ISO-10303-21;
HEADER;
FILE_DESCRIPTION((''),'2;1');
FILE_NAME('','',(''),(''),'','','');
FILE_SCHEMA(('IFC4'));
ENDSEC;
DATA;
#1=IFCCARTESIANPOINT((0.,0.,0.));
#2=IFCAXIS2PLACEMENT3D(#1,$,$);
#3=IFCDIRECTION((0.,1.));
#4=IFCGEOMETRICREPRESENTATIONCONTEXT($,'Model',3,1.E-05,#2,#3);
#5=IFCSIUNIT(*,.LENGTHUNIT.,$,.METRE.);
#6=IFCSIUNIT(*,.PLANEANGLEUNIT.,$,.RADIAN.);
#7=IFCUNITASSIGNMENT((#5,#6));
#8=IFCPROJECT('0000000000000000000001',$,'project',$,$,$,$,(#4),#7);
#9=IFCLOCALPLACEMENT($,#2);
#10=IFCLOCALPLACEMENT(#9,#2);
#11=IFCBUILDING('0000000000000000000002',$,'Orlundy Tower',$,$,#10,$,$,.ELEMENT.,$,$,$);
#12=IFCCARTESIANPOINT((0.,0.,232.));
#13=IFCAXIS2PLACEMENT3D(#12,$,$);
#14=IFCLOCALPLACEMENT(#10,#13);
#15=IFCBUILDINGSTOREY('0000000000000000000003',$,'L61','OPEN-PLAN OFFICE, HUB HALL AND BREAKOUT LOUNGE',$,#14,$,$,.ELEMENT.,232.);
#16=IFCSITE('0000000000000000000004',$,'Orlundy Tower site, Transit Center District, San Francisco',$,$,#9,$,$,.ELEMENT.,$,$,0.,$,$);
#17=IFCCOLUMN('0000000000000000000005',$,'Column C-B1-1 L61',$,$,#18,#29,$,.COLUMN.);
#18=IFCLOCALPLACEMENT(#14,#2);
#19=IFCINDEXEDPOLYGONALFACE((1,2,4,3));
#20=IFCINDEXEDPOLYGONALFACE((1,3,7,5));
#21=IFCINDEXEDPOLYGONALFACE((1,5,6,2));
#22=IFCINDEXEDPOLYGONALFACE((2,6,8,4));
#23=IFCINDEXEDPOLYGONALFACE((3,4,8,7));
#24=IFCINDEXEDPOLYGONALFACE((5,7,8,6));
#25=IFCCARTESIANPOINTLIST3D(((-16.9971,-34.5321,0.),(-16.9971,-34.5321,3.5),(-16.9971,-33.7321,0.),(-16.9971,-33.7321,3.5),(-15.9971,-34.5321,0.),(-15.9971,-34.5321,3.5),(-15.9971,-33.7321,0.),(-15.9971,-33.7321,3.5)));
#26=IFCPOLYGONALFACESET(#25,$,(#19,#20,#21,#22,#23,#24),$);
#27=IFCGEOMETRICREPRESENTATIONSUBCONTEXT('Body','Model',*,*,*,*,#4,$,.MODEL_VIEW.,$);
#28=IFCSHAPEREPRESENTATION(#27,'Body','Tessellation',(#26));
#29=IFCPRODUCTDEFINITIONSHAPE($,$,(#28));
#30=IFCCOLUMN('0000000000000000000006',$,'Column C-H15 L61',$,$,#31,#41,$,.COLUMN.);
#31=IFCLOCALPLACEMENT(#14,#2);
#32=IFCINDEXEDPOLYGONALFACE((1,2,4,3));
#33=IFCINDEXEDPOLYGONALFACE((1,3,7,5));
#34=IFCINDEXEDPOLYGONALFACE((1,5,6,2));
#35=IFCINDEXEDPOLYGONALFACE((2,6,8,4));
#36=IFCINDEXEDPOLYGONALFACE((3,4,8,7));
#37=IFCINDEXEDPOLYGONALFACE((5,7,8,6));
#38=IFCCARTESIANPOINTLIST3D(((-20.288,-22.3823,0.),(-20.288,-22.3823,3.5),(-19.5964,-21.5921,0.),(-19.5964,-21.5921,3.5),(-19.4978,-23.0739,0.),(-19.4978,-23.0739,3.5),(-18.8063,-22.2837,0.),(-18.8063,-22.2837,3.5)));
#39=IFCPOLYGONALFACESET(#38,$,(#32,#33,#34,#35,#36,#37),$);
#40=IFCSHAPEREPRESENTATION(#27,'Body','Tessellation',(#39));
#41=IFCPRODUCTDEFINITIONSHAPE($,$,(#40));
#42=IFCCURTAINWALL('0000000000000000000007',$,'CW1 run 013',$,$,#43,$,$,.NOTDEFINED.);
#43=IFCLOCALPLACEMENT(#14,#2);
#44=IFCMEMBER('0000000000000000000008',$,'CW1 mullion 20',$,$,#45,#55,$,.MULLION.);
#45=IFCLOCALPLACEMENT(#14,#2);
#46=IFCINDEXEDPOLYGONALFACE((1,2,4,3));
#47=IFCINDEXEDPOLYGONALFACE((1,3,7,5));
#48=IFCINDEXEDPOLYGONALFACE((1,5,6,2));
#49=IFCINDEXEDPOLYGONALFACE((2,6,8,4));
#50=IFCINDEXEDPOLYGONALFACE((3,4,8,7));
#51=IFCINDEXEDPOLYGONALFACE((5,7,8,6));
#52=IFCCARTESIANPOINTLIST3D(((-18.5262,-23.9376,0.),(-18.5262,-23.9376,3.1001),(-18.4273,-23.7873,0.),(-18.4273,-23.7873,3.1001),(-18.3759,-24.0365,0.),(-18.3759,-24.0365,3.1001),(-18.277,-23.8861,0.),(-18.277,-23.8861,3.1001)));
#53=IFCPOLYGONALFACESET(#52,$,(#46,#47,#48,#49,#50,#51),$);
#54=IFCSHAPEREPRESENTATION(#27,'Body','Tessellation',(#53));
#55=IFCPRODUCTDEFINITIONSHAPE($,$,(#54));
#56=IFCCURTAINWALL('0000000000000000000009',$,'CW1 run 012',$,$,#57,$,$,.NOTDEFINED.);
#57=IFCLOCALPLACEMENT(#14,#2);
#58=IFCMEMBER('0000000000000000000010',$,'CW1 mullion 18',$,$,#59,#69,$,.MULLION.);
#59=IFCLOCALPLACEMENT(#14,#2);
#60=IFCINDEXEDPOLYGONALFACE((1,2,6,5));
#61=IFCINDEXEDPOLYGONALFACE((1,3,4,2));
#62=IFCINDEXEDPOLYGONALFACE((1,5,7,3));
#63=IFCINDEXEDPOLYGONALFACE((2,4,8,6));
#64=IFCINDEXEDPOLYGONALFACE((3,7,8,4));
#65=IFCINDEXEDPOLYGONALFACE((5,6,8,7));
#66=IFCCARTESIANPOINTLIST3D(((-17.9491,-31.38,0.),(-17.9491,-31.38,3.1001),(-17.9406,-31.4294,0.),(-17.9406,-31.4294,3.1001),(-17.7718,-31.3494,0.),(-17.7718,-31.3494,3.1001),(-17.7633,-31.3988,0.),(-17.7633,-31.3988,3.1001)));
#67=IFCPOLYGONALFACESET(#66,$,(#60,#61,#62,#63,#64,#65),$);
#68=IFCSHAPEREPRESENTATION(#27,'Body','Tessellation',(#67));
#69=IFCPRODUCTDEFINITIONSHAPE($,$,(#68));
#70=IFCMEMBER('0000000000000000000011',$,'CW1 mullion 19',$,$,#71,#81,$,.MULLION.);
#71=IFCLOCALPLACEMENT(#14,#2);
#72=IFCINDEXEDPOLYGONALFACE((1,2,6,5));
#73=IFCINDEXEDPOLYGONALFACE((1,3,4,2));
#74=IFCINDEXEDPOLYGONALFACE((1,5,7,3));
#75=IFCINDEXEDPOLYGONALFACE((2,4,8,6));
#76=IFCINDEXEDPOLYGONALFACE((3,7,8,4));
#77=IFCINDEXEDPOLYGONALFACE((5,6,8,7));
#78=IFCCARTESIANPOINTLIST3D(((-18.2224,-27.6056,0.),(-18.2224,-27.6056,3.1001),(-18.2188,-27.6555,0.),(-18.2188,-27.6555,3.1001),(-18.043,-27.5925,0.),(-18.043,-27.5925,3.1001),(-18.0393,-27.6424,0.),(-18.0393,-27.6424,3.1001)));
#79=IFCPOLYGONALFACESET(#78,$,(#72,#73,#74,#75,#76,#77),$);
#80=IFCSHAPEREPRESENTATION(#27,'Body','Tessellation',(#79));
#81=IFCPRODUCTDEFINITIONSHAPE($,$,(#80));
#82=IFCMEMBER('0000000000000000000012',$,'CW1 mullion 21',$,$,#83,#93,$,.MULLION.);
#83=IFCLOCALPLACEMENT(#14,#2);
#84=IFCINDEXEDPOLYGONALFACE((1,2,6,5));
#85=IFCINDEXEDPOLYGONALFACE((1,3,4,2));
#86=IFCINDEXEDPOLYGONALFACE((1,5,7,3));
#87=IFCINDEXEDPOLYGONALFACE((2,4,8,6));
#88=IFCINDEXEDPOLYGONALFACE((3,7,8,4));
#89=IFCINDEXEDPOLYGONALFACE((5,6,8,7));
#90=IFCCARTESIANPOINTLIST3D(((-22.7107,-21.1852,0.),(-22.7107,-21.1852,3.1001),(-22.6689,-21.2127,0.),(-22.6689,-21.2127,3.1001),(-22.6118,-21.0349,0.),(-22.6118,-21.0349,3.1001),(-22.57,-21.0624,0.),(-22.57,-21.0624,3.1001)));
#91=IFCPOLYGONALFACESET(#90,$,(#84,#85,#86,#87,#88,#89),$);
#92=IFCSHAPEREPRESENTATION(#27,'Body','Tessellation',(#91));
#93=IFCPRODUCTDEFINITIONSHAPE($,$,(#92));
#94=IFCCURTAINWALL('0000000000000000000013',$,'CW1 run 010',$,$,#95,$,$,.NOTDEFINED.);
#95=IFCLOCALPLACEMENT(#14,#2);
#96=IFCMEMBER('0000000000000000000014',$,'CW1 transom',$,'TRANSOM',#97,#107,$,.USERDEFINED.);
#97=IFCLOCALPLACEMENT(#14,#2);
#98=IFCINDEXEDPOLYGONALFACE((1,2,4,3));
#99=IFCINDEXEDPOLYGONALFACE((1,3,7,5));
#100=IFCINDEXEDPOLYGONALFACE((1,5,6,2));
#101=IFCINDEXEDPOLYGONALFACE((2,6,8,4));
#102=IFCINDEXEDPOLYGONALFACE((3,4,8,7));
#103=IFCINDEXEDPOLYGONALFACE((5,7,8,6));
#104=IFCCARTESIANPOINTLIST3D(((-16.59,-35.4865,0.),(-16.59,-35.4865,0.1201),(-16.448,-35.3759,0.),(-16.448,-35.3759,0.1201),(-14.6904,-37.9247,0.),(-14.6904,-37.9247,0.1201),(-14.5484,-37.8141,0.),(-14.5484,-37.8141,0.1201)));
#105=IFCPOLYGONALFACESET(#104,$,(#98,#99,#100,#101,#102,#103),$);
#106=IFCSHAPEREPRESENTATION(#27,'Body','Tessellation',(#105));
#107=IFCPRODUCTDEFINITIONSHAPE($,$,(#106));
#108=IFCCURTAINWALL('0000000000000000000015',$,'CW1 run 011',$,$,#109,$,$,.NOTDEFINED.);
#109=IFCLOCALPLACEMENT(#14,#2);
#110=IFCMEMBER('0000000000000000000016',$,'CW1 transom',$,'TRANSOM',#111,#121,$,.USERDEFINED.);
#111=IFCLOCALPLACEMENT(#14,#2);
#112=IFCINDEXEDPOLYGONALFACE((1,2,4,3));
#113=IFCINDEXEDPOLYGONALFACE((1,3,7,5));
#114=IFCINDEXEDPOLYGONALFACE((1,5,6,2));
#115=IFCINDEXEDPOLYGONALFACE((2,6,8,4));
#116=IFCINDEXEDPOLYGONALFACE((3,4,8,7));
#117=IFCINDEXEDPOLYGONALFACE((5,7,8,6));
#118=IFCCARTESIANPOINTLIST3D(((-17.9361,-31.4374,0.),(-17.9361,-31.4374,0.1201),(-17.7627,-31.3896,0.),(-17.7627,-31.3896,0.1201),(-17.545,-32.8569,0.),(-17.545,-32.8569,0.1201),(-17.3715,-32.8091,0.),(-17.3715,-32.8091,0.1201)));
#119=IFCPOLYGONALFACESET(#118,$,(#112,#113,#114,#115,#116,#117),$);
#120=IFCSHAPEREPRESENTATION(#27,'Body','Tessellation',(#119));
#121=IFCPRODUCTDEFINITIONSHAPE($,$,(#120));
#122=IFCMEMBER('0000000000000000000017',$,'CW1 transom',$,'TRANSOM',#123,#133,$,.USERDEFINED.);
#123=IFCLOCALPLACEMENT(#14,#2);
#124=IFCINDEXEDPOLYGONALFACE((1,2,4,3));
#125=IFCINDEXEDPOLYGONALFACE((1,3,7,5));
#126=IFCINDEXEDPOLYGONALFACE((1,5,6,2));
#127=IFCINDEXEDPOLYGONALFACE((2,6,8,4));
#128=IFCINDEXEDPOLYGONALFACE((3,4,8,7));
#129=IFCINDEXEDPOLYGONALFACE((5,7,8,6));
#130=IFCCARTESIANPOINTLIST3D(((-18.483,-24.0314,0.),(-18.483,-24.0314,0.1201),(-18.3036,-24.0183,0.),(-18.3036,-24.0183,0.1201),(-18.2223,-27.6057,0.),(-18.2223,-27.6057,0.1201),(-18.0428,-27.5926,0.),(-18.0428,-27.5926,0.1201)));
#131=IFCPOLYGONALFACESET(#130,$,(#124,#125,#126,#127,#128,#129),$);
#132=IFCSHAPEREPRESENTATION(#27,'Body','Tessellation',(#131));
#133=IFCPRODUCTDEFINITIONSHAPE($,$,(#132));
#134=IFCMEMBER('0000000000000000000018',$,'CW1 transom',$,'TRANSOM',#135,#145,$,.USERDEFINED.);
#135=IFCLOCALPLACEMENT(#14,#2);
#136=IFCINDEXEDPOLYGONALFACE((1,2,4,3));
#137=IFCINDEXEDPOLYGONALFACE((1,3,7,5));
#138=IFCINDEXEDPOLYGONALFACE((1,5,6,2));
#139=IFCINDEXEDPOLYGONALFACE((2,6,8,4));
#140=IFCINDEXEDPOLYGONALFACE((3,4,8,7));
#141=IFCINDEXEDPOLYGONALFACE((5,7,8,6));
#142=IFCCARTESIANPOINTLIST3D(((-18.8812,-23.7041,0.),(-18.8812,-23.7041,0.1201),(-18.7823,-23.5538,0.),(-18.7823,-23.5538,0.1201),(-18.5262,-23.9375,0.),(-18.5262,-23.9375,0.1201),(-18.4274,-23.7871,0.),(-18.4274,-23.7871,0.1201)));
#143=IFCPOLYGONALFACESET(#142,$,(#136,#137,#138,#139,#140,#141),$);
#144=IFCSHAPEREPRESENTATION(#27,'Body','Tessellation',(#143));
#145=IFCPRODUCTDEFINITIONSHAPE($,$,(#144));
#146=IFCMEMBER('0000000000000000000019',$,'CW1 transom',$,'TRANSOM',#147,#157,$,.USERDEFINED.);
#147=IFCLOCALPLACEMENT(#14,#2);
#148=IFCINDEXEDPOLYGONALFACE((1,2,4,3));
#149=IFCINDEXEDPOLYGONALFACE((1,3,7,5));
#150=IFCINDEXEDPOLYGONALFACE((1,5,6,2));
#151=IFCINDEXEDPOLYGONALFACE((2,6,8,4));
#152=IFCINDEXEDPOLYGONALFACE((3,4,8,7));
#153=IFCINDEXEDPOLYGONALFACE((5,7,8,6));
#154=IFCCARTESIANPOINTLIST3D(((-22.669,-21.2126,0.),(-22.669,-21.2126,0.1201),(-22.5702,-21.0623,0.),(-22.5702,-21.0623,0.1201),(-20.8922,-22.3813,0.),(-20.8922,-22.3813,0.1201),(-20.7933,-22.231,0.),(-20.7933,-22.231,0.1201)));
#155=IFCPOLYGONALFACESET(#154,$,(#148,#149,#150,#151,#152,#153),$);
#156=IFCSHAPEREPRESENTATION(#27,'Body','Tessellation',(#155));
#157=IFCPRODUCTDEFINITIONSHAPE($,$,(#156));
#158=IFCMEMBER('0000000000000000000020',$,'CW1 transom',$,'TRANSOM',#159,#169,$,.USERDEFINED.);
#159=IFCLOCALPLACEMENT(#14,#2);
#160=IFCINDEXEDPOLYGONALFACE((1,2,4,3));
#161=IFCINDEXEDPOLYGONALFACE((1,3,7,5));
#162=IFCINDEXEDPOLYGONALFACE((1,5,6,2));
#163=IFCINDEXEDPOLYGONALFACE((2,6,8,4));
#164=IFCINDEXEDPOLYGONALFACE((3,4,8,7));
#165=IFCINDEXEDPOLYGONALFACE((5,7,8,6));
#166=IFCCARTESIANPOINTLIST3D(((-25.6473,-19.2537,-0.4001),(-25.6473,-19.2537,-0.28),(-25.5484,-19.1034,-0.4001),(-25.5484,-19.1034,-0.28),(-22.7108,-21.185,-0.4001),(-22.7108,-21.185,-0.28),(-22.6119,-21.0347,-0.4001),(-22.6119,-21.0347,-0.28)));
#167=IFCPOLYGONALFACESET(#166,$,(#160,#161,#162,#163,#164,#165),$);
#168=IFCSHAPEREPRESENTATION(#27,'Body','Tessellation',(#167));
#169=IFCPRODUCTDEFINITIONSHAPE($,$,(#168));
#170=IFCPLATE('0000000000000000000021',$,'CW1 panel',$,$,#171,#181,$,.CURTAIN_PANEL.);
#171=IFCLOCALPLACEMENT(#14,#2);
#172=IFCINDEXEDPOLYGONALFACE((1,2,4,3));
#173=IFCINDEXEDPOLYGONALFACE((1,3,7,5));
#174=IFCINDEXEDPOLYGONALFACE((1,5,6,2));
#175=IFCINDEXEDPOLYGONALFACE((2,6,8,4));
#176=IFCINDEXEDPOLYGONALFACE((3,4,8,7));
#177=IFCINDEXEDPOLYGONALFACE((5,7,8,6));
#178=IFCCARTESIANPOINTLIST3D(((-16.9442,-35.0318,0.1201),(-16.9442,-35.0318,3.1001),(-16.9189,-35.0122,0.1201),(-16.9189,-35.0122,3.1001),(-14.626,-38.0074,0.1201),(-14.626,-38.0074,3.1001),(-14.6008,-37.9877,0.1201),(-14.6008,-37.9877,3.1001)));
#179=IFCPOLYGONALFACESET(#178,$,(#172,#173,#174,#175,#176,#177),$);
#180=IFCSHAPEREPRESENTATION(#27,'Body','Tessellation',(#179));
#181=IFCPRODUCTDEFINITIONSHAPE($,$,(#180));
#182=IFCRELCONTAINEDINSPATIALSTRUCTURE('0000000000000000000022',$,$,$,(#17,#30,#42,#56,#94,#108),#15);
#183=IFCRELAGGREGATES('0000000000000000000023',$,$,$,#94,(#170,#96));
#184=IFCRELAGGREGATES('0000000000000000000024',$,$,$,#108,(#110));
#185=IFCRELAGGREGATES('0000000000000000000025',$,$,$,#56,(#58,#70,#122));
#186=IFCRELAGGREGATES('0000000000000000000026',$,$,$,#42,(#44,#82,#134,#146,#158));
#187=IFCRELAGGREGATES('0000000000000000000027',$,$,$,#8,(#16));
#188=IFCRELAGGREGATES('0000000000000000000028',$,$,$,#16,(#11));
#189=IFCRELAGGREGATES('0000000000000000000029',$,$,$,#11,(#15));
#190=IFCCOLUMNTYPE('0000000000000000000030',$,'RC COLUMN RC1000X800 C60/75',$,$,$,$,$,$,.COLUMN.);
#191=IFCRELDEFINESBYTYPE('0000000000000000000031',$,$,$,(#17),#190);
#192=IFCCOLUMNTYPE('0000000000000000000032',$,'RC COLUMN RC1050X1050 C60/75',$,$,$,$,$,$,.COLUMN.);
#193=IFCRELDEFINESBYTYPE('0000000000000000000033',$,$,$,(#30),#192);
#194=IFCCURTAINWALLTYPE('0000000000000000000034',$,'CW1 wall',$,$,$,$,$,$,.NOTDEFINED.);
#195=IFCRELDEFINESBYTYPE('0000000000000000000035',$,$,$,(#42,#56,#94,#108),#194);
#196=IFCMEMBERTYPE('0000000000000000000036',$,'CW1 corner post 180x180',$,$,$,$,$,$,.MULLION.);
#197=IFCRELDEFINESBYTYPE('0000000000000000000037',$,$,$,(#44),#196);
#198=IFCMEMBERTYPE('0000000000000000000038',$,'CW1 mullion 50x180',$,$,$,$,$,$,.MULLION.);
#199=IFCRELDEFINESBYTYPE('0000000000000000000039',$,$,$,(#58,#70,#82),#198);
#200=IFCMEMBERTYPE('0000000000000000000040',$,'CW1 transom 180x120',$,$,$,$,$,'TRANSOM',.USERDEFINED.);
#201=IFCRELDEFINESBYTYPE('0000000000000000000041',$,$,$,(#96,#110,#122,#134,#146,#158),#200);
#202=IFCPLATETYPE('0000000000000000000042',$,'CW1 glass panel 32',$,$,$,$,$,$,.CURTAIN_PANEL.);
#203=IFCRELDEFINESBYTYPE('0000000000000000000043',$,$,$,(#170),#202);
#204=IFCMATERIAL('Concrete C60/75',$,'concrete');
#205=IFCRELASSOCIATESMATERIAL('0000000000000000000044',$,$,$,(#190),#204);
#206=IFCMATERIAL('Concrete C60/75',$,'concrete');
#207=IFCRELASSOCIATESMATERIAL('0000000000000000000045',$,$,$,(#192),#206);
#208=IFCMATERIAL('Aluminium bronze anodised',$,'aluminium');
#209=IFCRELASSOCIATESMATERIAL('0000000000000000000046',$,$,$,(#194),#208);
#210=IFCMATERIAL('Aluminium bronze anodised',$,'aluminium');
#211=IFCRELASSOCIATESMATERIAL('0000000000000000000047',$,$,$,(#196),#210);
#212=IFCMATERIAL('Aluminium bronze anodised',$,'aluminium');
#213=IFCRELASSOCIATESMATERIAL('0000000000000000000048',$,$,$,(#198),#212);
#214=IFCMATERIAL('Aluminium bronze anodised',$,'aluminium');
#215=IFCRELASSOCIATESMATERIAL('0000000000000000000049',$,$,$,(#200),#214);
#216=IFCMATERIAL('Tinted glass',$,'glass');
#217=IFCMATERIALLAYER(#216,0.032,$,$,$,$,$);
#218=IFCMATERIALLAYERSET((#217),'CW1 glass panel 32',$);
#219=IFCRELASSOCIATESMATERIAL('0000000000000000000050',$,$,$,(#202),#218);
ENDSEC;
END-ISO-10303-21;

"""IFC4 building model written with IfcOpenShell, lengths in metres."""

from ifc_helpers import new_model, si_unit, direction, frame, origin, origin_2d, place, context, subcontext, project, spatial, rectangle, extrude, material, layer, layer_set, material_profile, profile_set, type_object, element, aggregate, save


model = new_model("IFC4")

# Units and contexts
model_context = context("Model", 3, precision=1e-05, world=origin(), true_north=direction((0.0, 1.0)))
body_context = subcontext(model_context, "Body", "Model", "MODEL_VIEW")
ifc_project = project(units=[si_unit("LENGTHUNIT", "METRE"), si_unit("PLANEANGLEUNIT", "RADIAN")], contexts=[model_context])

# Site, building, storey
site_placement = place(None, origin())
site = spatial("IfcSite", under=ifc_project, at=site_placement, Name="Orlundy Tower site, Transit Center District, San Francisco", CompositionType="ELEMENT", RefElevation=0.0)
building_placement = place(site_placement, origin())
building = spatial("IfcBuilding", under=site, at=building_placement, Name="Orlundy Tower", CompositionType="ELEMENT")
storey_placement = place(building_placement, frame((0.0, 0.0, 232.0)))
storey = spatial("IfcBuildingStorey", under=building, at=storey_placement, Name="L61", Description="OPEN-PLAN OFFICE, HUB HALL AND BREAKOUT LOUNGE", CompositionType="ELEMENT", Elevation=232.0)

# Columns
ifc_material_1 = material(Name="Concrete C60/75", Category="concrete")
ifc_material_profile_1 = material_profile(ifc_material_1, rectangle(XDim=1.0, YDim=0.8, at=origin_2d()), Name="RC1000X800")
ifc_profile_set_1 = profile_set([ifc_material_profile_1], Name="Concrete C60/75")
column_type_1 = type_object("IfcColumnType", Name="RC COLUMN RC1000X800 C60/75", PredefinedType="COLUMN", material=ifc_profile_set_1)
column_1_placement = place(storey_placement, frame((-16.4971, -34.1321, 0.0), z_axis=(0.0, 0.0, 1.0), x_axis=(1.0, 0.0, 0.0)))
element("IfcColumn", 1, at=column_1_placement, inside=storey, type_object=column_type_1, Name="Column C-B1-1 L61", PredefinedType="COLUMN", context=body_context, shape_type="SweptSolid", body=[
    extrude(rectangle(XDim=1.0, YDim=0.8, at=origin_2d()), origin(), (0.0, 0.0, 1.0), 3.5),
])
ifc_material_2 = material(Name="Concrete C60/75", Category="concrete")
ifc_material_profile_2 = material_profile(ifc_material_2, rectangle(XDim=1.05, YDim=1.05, at=origin_2d()), Name="RC1050X1050")
ifc_profile_set_2 = profile_set([ifc_material_profile_2], Name="Concrete C60/75")
column_type_2 = type_object("IfcColumnType", Name="RC COLUMN RC1050X1050 C60/75", PredefinedType="COLUMN", material=ifc_profile_set_2)
column_2_placement = place(storey_placement, frame((-19.5471, -22.333, 0.0), z_axis=(0.0, 0.0, 1.0), x_axis=(-0.658611, -0.752484, 0.0)))
element("IfcColumn", 2, at=column_2_placement, inside=storey, type_object=column_type_2, Name="Column C-H15 L61", PredefinedType="COLUMN", context=body_context, shape_type="SweptSolid", body=[
    extrude(rectangle(XDim=1.05, YDim=1.05, at=origin_2d()), origin(), (0.0, 0.0, 1.0), 3.5),
])

# Curtain wall, member
ifc_material_3 = material(Name="Aluminium bronze anodised", Category="aluminium")
curtain_wall_type = type_object("IfcCurtainWallType", Name="CW1 wall", PredefinedType="NOTDEFINED", material=ifc_material_3)
curtain_wall_1_placement = place(storey_placement, origin())
curtain_wall_1 = element("IfcCurtainWall", 3, at=curtain_wall_1_placement, inside=storey, type_object=curtain_wall_type, Name="CW1 run 013", PredefinedType="NOTDEFINED")
ifc_material_4 = material(Name="Aluminium bronze anodised", Category="aluminium")
ifc_material_profile_3 = material_profile(ifc_material_4, rectangle(XDim=0.1799, YDim=0.1799, at=origin_2d()), Name="CW1 corner post 180x180")
ifc_profile_set_3 = profile_set([ifc_material_profile_3], Name="Aluminium bronze anodised")
member_type_1 = type_object("IfcMemberType", Name="CW1 corner post 180x180", PredefinedType="MULLION", material=ifc_profile_set_3)
member_1_placement = place(storey_placement, frame((-18.4016, -23.9119, 0.0), z_axis=(0.0, 0.0, 1.0), x_axis=(-0.549527, -0.835476, 0.0)))
member_1 = element("IfcMember", 4, at=member_1_placement, type_object=member_type_1, Name="CW1 mullion 20", PredefinedType="MULLION", context=body_context, shape_type="SweptSolid", body=[
    extrude(rectangle(XDim=0.1799, YDim=0.1799, at=origin_2d()), origin(), (0.0, 0.0, 1.0), 3.1001),
])

# Curtain wall, members
curtain_wall_2_placement = place(storey_placement, origin())
curtain_wall_2 = element("IfcCurtainWall", 5, at=curtain_wall_2_placement, inside=storey, type_object=curtain_wall_type, Name="CW1 run 012", PredefinedType="NOTDEFINED")
ifc_material_5 = material(Name="Aluminium bronze anodised", Category="aluminium")
ifc_material_profile_4 = material_profile(ifc_material_5, rectangle(XDim=0.1799, YDim=0.05, at=origin_2d()), Name="CW1 mullion 50x180")
ifc_profile_set_4 = profile_set([ifc_material_profile_4], Name="Aluminium bronze anodised")
member_type_2 = type_object("IfcMemberType", Name="CW1 mullion 50x180", PredefinedType="MULLION", material=ifc_profile_set_4)
member_2_placement = place(storey_placement, frame((-17.8562, -31.3894, 0.0), z_axis=(0.0, 0.0, 1.0), x_axis=(-0.985431, -0.170073, 0.0)))
member_2 = element("IfcMember", 6, at=member_2_placement, type_object=member_type_2, Name="CW1 mullion 18", PredefinedType="MULLION", context=body_context, shape_type="SweptSolid", body=[
    extrude(rectangle(XDim=0.1799, YDim=0.05, at=origin_2d()), origin(), (0.0, 0.0, 1.0), 3.1001),
])
member_3_placement = place(storey_placement, frame((-18.1309, -27.624, 0.0), z_axis=(0.0, 0.0, 1.0), x_axis=(-0.99735, -0.072747, 0.0)))
member_3 = element("IfcMember", 7, at=member_3_placement, type_object=member_type_2, Name="CW1 mullion 19", PredefinedType="MULLION", context=body_context, shape_type="SweptSolid", body=[
    extrude(rectangle(XDim=0.1799, YDim=0.05, at=origin_2d()), origin(), (0.0, 0.0, 1.0), 3.1001),
])

# Member
member_4_placement = place(storey_placement, frame((-22.6404, -21.1238, 0.0), z_axis=(0.0, 0.0, 1.0), x_axis=(-0.549527, -0.835476, 0.0)))
member_4 = element("IfcMember", 8, at=member_4_placement, type_object=member_type_2, Name="CW1 mullion 21", PredefinedType="MULLION", context=body_context, shape_type="SweptSolid", body=[
    extrude(rectangle(XDim=0.1799, YDim=0.05, at=origin_2d()), origin(), (0.0, 0.0, 1.0), 3.1001),
])

# Curtain walls, members
curtain_wall_3_placement = place(storey_placement, origin())
curtain_wall_3 = element("IfcCurtainWall", 9, at=curtain_wall_3_placement, inside=storey, type_object=curtain_wall_type, Name="CW1 run 010", PredefinedType="NOTDEFINED")
ifc_material_6 = material(Name="Aluminium bronze anodised", Category="aluminium")
ifc_material_profile_5 = material_profile(ifc_material_6, rectangle(XDim=0.1799, YDim=0.1201, at=origin_2d()), Name="CW1 transom 180x120")
ifc_profile_set_5 = profile_set([ifc_material_profile_5], Name="Aluminium bronze anodised")
member_type_3 = type_object("IfcMemberType", Name="CW1 transom 180x120", ElementType="TRANSOM", PredefinedType="USERDEFINED", material=ifc_profile_set_5)
member_5_placement = place(storey_placement, frame((-14.6194, -37.8694, 0.0601), z_axis=(-0.614597, 0.788842, 0.0), x_axis=(-0.788842, -0.614597, 0.0)))
member_5 = element("IfcMember", 10, at=member_5_placement, type_object=member_type_3, Name="CW1 transom", ObjectType="TRANSOM", PredefinedType="USERDEFINED", context=body_context, shape_type="SweptSolid", body=[
    extrude(rectangle(XDim=0.1799, YDim=0.1201, at=origin_2d()), origin(), (0.0, 0.0, 1.0), 3.0908),
])
curtain_wall_4_placement = place(storey_placement, origin())
curtain_wall_4 = element("IfcCurtainWall", 11, at=curtain_wall_4_placement, inside=storey, type_object=curtain_wall_type, Name="CW1 run 011", PredefinedType="NOTDEFINED")
member_6_placement = place(storey_placement, frame((-17.4583, -32.833, 0.0601), z_axis=(-0.265642, 0.964072, 0.0), x_axis=(-0.964072, -0.265642, 0.0)))
member_6 = element("IfcMember", 12, at=member_6_placement, type_object=member_type_3, Name="CW1 transom", ObjectType="TRANSOM", PredefinedType="USERDEFINED", context=body_context, shape_type="SweptSolid", body=[
    extrude(rectangle(XDim=0.1799, YDim=0.1201, at=origin_2d()), origin(), (0.0, 0.0, 1.0), 1.4724),
])

# Members
member_7_placement = place(storey_placement, frame((-18.1326, -27.5991, 0.0601), z_axis=(-0.072757, 0.99735, 0.0), x_axis=(-0.99735, -0.072757, 0.0)))
member_7 = element("IfcMember", 13, at=member_7_placement, type_object=member_type_3, Name="CW1 transom", ObjectType="TRANSOM", PredefinedType="USERDEFINED", context=body_context, shape_type="SweptSolid", body=[
    extrude(rectangle(XDim=0.1799, YDim=0.1201, at=origin_2d()), origin(), (0.0, 0.0, 1.0), 3.5837),
])
member_8_placement = place(storey_placement, frame((-18.4768, -23.8623, 0.0601), z_axis=(-0.83557, 0.549384, 0.0), x_axis=(-0.549384, -0.83557, 0.0)))
member_8 = element("IfcMember", 14, at=member_8_placement, type_object=member_type_3, Name="CW1 transom", ObjectType="TRANSOM", PredefinedType="USERDEFINED", context=body_context, shape_type="SweptSolid", body=[
    extrude(rectangle(XDim=0.1799, YDim=0.1201, at=origin_2d()), origin(), (0.0, 0.0, 1.0), 0.4248),
])
member_9_placement = place(storey_placement, frame((-20.8428, -22.3062, 0.0601), z_axis=(-0.835478, 0.549524, 0.0), x_axis=(-0.549524, -0.835478, 0.0)))
member_9 = element("IfcMember", 15, at=member_9_placement, type_object=member_type_3, Name="CW1 transom", ObjectType="TRANSOM", PredefinedType="USERDEFINED", context=body_context, shape_type="SweptSolid", body=[
    extrude(rectangle(XDim=0.1799, YDim=0.1201, at=origin_2d()), origin(), (0.0, 0.0, 1.0), 2.1267),
])
member_10_placement = place(storey_placement, frame((-22.6614, -21.1099, -0.3401), z_axis=(-0.835486, 0.549512, 0.0), x_axis=(-0.549512, -0.835486, 0.0)))
member_10 = element("IfcMember", 16, at=member_10_placement, type_object=member_type_3, Name="CW1 transom", ObjectType="TRANSOM", PredefinedType="USERDEFINED", context=body_context, shape_type="SweptSolid", body=[
    extrude(rectangle(XDim=0.1799, YDim=0.1201, at=origin_2d()), origin(), (0.0, 0.0, 1.0), 3.5146),
])

# Plate
ifc_material_7 = material(Name="Tinted glass", Category="glass")
ifc_layer_1 = layer(ifc_material_7, 0.032)
ifc_layer_set_1 = layer_set([ifc_layer_1], Name="CW1 glass panel 32")
plate_type = type_object("IfcPlateType", Name="CW1 glass panel 32", PredefinedType="CURTAIN_PANEL", material=ifc_layer_set_1)
plate_1_placement = place(storey_placement, frame((-15.7725, -36.5098, 0.1201), z_axis=(0.0, 0.0, 1.0), x_axis=(-0.614575, 0.788858, 0.0)))
plate_1 = element("IfcPlate", 17, at=plate_1_placement, type_object=plate_type, Name="CW1 panel", PredefinedType="CURTAIN_PANEL", context=body_context, shape_type="SweptSolid", body=[
    extrude(rectangle(XDim=3.772, YDim=0.032, at=origin_2d()), origin(), (0.0, 0.0, 1.0), 2.98),
])
aggregate(curtain_wall_3, [plate_1, member_5])
aggregate(curtain_wall_4, [member_6])
aggregate(curtain_wall_2, [member_2, member_3, member_7])
aggregate(curtain_wall_1, [member_1, member_4, member_8, member_9, member_10])

save(model, "model.ifc")
